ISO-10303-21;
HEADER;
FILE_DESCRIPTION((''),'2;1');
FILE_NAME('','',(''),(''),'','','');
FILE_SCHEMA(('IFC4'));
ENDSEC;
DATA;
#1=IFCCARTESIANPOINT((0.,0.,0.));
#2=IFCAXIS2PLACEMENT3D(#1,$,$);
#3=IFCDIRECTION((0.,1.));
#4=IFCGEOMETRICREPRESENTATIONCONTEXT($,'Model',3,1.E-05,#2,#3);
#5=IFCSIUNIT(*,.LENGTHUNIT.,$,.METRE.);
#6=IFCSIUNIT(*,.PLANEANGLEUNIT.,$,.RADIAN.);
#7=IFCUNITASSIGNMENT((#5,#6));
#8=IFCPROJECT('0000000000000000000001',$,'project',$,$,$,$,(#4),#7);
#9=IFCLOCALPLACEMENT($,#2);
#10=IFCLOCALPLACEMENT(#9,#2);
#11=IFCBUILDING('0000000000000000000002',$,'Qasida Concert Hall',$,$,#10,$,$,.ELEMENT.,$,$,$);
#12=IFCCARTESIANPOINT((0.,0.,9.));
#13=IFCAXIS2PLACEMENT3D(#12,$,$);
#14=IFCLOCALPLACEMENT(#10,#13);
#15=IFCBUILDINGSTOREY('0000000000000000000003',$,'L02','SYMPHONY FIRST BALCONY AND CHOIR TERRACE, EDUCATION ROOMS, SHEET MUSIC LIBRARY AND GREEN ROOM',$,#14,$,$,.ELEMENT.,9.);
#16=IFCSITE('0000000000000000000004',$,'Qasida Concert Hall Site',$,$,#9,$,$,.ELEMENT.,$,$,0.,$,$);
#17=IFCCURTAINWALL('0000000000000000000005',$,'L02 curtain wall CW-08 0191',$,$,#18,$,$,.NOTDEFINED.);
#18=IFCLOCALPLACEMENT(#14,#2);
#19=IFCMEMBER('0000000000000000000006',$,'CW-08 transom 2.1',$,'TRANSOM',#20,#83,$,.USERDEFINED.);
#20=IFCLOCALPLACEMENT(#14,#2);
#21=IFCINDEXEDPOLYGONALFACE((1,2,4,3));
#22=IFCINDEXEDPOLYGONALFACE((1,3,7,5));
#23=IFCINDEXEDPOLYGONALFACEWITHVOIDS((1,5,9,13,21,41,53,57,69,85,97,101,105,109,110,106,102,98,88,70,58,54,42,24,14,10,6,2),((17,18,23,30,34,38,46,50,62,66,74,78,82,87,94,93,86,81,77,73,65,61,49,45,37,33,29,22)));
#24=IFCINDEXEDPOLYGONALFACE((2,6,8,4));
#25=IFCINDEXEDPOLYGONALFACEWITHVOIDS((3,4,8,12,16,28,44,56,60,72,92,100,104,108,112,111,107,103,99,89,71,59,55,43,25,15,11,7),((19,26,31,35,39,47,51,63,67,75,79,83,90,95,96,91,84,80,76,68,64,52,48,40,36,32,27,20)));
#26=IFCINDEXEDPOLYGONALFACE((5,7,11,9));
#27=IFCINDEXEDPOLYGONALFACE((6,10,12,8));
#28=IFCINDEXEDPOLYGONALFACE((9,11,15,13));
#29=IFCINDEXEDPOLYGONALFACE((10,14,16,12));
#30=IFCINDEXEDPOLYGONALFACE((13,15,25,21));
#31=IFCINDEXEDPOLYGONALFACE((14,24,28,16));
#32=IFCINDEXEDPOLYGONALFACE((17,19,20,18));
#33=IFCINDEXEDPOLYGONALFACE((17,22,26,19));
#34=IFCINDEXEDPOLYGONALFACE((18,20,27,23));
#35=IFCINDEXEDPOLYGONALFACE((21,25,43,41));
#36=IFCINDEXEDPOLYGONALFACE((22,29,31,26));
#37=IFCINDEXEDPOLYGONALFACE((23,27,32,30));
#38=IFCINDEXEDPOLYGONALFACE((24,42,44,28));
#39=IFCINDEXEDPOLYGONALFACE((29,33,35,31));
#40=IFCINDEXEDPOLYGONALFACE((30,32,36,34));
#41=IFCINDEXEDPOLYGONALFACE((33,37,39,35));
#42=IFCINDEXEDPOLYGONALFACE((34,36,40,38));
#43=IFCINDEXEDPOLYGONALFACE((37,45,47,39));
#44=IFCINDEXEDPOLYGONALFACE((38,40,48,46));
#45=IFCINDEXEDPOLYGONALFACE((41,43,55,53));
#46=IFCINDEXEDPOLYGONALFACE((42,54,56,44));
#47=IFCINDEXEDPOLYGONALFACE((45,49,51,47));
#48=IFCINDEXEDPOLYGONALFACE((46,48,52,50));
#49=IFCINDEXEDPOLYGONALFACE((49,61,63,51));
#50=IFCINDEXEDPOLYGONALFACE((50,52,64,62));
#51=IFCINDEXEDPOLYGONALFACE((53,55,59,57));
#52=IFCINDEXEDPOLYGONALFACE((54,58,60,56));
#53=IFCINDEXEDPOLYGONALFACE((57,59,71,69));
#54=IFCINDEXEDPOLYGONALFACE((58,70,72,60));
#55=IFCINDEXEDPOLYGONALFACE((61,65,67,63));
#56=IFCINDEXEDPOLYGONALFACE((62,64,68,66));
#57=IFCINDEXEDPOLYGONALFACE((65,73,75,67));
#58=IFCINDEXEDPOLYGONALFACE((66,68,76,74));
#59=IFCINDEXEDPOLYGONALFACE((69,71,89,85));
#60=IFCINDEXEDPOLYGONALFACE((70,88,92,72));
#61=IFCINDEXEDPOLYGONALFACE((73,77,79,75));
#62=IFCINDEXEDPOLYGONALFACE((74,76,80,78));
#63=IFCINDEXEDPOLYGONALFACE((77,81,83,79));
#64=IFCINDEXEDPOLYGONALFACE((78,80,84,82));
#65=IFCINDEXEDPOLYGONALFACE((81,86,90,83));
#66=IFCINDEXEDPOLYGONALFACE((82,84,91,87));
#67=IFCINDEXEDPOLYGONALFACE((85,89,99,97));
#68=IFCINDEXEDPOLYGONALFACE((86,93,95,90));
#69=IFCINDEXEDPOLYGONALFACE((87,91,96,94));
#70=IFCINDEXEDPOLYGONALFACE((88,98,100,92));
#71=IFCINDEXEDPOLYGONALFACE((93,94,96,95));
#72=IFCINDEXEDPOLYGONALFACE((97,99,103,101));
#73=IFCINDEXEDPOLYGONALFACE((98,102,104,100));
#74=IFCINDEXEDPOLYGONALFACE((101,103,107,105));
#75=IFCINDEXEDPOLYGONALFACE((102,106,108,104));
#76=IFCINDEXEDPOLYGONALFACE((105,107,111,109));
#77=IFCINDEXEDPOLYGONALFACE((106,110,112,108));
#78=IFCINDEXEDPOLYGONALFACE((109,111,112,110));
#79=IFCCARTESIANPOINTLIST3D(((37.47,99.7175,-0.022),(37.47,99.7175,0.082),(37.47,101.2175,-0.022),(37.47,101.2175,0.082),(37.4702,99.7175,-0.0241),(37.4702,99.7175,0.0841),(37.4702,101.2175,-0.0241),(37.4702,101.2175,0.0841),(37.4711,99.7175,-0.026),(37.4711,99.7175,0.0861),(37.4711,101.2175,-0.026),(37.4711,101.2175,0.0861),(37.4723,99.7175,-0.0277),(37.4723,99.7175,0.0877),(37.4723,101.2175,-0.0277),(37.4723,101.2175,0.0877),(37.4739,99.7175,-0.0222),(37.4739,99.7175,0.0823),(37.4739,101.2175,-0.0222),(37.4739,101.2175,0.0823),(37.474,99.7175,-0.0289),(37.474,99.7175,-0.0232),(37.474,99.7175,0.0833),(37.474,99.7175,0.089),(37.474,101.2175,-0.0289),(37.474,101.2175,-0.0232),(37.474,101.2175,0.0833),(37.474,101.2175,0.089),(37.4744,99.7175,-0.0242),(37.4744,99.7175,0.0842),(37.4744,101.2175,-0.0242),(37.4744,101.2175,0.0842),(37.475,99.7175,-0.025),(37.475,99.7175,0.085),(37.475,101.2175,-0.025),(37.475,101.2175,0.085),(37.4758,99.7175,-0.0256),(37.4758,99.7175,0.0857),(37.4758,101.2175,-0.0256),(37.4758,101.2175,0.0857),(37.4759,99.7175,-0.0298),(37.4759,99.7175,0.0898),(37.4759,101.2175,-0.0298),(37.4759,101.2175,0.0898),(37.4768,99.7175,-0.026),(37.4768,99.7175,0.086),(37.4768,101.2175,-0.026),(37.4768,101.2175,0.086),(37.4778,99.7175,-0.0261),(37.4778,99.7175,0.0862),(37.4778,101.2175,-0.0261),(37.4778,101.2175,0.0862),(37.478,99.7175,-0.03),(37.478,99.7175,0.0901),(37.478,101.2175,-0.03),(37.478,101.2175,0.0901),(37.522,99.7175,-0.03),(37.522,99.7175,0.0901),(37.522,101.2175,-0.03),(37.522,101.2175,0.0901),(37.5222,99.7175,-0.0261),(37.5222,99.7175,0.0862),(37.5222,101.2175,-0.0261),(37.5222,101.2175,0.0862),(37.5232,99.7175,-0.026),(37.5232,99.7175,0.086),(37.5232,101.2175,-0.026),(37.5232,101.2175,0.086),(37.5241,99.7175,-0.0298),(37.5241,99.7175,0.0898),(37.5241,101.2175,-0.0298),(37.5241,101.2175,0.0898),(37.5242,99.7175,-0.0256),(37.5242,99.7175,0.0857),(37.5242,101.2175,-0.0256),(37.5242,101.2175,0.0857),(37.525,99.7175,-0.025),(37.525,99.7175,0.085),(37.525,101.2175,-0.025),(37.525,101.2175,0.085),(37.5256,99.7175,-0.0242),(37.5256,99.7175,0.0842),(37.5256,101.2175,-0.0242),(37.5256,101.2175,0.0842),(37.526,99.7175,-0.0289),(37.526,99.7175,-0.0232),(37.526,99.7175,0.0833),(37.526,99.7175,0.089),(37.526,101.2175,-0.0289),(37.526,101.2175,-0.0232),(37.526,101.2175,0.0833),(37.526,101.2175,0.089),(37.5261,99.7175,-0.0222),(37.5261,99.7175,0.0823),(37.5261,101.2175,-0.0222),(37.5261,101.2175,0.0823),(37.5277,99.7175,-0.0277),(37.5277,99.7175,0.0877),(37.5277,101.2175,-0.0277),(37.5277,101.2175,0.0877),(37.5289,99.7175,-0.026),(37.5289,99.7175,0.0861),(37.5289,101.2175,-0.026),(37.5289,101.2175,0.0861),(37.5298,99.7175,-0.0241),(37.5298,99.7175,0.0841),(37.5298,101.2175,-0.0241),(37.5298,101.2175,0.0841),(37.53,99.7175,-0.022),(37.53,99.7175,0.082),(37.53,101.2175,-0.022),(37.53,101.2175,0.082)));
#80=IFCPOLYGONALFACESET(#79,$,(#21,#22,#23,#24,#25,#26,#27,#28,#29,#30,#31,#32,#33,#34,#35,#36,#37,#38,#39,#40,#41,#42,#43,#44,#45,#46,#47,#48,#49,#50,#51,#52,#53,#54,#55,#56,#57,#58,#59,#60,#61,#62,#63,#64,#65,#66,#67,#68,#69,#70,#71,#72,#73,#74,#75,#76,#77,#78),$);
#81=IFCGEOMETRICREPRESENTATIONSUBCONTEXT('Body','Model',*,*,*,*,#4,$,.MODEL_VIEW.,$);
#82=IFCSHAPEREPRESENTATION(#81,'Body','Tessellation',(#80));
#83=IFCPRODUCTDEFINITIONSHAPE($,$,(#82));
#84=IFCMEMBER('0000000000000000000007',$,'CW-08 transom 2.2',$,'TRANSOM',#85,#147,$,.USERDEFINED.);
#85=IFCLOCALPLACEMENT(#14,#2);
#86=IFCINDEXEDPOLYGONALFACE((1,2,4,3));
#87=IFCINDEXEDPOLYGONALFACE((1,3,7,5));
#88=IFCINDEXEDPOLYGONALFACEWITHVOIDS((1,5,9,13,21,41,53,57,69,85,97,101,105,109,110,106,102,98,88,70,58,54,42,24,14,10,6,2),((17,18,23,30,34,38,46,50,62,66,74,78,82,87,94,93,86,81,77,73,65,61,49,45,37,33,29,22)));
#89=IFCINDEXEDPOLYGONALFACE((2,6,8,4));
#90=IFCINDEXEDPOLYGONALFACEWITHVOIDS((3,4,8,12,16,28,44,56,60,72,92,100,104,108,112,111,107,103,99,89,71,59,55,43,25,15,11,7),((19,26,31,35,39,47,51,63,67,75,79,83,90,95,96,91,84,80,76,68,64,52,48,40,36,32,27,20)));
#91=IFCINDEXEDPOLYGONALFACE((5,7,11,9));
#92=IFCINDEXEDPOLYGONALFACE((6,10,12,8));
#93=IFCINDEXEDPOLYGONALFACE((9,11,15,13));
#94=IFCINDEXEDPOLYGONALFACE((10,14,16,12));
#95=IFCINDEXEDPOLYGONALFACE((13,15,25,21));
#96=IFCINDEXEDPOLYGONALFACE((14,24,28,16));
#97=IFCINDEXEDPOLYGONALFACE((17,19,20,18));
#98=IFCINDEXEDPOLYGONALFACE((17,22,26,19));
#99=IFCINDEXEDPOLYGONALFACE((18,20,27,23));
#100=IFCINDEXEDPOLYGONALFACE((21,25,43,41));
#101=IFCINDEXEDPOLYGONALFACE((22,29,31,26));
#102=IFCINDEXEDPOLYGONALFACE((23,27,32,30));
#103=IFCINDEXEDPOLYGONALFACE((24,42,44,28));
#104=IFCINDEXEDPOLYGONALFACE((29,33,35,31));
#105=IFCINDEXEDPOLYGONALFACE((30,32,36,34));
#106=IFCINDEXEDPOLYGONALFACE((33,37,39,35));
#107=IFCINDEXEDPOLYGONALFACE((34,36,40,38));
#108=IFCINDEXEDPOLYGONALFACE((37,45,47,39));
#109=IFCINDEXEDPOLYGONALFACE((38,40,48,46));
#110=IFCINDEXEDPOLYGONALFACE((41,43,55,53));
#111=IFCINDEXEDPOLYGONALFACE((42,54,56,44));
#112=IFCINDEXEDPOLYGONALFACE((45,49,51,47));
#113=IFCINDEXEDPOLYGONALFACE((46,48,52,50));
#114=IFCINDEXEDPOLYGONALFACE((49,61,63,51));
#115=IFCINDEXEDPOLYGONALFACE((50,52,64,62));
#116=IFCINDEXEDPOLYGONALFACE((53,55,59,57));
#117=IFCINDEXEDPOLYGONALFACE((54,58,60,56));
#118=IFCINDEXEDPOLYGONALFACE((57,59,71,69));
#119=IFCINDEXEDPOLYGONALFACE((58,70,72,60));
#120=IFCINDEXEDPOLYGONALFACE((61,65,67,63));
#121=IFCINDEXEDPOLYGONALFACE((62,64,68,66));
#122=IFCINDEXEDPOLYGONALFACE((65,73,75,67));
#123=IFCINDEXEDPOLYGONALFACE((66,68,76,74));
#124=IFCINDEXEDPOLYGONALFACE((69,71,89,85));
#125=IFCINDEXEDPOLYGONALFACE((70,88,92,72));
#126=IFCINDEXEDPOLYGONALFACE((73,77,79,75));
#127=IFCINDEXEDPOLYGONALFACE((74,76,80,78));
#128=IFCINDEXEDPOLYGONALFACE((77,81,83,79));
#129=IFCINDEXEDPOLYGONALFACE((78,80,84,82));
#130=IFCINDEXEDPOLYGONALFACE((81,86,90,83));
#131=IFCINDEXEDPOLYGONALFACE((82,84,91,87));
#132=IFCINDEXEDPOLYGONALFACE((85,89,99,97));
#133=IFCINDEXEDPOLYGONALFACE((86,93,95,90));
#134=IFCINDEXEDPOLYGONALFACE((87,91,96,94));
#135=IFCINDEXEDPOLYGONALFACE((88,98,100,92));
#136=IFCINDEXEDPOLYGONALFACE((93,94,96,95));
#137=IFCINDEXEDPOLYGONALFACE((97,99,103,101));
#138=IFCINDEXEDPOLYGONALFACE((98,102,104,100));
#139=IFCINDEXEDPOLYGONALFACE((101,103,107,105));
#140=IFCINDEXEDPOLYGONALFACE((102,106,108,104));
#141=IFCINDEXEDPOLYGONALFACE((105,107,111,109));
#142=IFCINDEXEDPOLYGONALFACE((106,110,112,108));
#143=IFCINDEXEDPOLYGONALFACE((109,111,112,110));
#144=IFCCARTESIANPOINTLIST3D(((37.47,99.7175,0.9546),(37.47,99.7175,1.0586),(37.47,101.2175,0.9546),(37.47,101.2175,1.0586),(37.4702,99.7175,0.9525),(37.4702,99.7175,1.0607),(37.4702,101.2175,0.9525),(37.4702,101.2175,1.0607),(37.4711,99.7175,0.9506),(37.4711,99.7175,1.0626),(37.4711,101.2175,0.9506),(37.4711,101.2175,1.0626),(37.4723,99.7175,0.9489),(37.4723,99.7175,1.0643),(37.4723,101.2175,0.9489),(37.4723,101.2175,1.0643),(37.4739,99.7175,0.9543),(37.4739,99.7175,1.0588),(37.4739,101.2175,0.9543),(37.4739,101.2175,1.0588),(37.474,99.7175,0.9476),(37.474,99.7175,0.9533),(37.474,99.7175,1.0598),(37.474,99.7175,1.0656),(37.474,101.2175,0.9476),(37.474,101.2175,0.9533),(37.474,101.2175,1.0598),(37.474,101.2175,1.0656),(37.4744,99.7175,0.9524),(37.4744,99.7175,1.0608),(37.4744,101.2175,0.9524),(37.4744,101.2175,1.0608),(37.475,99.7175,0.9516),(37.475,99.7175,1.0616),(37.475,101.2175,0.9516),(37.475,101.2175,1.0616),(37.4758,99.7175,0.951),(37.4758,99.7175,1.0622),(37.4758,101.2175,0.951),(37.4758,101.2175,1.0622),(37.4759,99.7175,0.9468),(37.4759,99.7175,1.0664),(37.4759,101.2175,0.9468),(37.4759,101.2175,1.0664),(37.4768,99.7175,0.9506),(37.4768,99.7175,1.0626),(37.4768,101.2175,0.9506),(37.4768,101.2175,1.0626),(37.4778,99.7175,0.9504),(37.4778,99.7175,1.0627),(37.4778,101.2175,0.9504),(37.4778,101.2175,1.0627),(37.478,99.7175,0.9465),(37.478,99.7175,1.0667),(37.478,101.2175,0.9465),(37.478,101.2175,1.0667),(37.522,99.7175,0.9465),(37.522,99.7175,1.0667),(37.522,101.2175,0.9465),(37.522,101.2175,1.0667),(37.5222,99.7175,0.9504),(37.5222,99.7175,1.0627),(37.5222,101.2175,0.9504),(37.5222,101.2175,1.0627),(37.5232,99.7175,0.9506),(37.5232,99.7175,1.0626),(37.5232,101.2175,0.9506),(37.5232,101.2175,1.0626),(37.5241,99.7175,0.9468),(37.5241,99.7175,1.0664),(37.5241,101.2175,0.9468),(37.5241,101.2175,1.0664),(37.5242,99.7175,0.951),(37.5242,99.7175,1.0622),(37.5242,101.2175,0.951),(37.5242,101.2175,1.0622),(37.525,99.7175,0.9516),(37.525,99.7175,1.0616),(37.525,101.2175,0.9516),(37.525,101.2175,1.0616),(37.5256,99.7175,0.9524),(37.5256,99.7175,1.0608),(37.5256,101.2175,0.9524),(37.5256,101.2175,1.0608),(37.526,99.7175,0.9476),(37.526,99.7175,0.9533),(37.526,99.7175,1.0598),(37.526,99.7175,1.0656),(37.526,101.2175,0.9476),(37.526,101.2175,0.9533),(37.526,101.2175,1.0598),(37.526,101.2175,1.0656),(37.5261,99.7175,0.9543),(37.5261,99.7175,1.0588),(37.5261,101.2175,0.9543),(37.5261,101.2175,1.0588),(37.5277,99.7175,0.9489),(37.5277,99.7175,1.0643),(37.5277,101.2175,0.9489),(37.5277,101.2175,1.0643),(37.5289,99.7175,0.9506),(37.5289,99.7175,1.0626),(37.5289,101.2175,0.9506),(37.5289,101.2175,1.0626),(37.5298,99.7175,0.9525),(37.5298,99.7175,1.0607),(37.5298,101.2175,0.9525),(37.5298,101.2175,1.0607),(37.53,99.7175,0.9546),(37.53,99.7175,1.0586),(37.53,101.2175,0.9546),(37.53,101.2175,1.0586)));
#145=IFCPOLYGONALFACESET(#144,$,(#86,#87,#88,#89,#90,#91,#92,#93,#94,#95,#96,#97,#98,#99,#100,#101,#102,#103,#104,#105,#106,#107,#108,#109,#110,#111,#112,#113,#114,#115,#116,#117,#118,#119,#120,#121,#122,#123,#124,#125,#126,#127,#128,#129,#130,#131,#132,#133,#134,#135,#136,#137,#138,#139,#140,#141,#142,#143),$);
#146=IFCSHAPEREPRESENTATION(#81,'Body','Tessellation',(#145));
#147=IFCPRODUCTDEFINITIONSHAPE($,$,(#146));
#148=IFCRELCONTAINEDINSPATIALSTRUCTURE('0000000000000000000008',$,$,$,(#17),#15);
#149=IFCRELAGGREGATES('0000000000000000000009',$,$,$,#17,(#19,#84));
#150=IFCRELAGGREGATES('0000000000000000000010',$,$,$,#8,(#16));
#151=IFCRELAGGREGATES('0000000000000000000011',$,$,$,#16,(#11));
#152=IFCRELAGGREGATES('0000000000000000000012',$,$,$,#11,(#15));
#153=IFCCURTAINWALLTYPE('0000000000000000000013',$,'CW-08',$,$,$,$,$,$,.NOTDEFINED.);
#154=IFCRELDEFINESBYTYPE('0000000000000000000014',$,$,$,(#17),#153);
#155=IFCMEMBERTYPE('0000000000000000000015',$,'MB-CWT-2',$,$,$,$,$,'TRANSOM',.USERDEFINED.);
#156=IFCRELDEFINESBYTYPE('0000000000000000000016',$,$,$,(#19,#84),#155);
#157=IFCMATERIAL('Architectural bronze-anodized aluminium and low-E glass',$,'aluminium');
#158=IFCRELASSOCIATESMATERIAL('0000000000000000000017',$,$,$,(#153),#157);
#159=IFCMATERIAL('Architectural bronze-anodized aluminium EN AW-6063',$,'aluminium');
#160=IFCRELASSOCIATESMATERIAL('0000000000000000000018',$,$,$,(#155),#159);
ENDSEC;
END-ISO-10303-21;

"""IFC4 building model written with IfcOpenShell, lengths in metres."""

from ifc_helpers import new_model, si_unit, direction, frame, origin, origin_2d, place, context, subcontext, project, spatial, hollow_rectangle, extrude, material, material_profile, profile_set, type_object, element, aggregate, save


model = new_model("IFC4")

# Units and contexts
model_context = context("Model", 3, precision=1e-05, world=origin(), true_north=direction((0.0, 1.0)))
body_context = subcontext(model_context, "Body", "Model", "MODEL_VIEW")
ifc_project = project(units=[si_unit("LENGTHUNIT", "METRE"), si_unit("PLANEANGLEUNIT", "RADIAN")], contexts=[model_context])

# Site, building, storey
site_placement = place(None, origin())
site = spatial("IfcSite", under=ifc_project, at=site_placement, Name="Qasida Concert Hall Site", CompositionType="ELEMENT", RefElevation=0.0)
building_placement = place(site_placement, origin())
building = spatial("IfcBuilding", under=site, at=building_placement, Name="Qasida Concert Hall", CompositionType="ELEMENT")
storey_placement = place(building_placement, frame((0.0, 0.0, 9.0)))
storey = spatial("IfcBuildingStorey", under=building, at=storey_placement, Name="L02", Description="SYMPHONY FIRST BALCONY AND CHOIR TERRACE, EDUCATION ROOMS, SHEET MUSIC LIBRARY AND GREEN ROOM", CompositionType="ELEMENT", Elevation=9.0)

# Shared definitions
ifc_material_1 = material(Name="Architectural bronze-anodized aluminium and low-E glass", Category="aluminium")
curtain_wall_type = type_object("IfcCurtainWallType", Name="CW-08", PredefinedType="NOTDEFINED", material=ifc_material_1)
ifc_material_2 = material(Name="Architectural bronze-anodized aluminium EN AW-6063", Category="aluminium")

# Curtain wall
curtain_wall_1_placement = place(storey_placement, origin())
curtain_wall_1 = element("IfcCurtainWall", 1, at=curtain_wall_1_placement, inside=storey, type_object=curtain_wall_type, Name="L02 curtain wall CW-08 0191", PredefinedType="NOTDEFINED")

# Members
ifc_material_profile_1 = material_profile(ifc_material_2, hollow_rectangle(XDim=0.0601, YDim=0.1201, WallThickness=0.0039, InnerFilletRadius=0.0039, OuterFilletRadius=0.0081, at=origin_2d()), Name="CWT 120x60x4")
ifc_profile_set_1 = profile_set([ifc_material_profile_1], Name="Architectural bronze-anodized aluminium EN AW-6063")
member_type_1 = type_object("IfcMemberType", Name="MB-CWT-2", ElementType="TRANSOM", PredefinedType="USERDEFINED", material=ifc_profile_set_1)
member_1_placement = place(storey_placement, frame((37.5, 99.7175, 0.03), z_axis=(0.0, 1.0, 0.0), x_axis=(-1.0, 0.0, 0.0)))
member_1 = element("IfcMember", 2, at=member_1_placement, type_object=member_type_1, Name="CW-08 transom 2.1", ObjectType="TRANSOM", PredefinedType="USERDEFINED", context=body_context, shape_type="SweptSolid", body=[
    extrude(hollow_rectangle(XDim=0.0601, YDim=0.1201, WallThickness=0.0039, InnerFilletRadius=0.0039, OuterFilletRadius=0.0081, at=origin_2d()), origin(), (0.0, 0.0, 1.0), 1.5),
])
member_2_placement = place(storey_placement, frame((37.5, 99.7175, 1.0066), z_axis=(0.0, 1.0, 0.0), x_axis=(-1.0, 0.0, 0.0)))
member_2 = element("IfcMember", 3, at=member_2_placement, type_object=member_type_1, Name="CW-08 transom 2.2", ObjectType="TRANSOM", PredefinedType="USERDEFINED", context=body_context, shape_type="SweptSolid", body=[
    extrude(hollow_rectangle(XDim=0.0601, YDim=0.1201, WallThickness=0.0039, InnerFilletRadius=0.0039, OuterFilletRadius=0.0081, at=origin_2d()), origin(), (0.0, 0.0, 1.0), 1.5),
])

aggregate(curtain_wall_1, [member_1, member_2])

save(model, "model.ifc")
